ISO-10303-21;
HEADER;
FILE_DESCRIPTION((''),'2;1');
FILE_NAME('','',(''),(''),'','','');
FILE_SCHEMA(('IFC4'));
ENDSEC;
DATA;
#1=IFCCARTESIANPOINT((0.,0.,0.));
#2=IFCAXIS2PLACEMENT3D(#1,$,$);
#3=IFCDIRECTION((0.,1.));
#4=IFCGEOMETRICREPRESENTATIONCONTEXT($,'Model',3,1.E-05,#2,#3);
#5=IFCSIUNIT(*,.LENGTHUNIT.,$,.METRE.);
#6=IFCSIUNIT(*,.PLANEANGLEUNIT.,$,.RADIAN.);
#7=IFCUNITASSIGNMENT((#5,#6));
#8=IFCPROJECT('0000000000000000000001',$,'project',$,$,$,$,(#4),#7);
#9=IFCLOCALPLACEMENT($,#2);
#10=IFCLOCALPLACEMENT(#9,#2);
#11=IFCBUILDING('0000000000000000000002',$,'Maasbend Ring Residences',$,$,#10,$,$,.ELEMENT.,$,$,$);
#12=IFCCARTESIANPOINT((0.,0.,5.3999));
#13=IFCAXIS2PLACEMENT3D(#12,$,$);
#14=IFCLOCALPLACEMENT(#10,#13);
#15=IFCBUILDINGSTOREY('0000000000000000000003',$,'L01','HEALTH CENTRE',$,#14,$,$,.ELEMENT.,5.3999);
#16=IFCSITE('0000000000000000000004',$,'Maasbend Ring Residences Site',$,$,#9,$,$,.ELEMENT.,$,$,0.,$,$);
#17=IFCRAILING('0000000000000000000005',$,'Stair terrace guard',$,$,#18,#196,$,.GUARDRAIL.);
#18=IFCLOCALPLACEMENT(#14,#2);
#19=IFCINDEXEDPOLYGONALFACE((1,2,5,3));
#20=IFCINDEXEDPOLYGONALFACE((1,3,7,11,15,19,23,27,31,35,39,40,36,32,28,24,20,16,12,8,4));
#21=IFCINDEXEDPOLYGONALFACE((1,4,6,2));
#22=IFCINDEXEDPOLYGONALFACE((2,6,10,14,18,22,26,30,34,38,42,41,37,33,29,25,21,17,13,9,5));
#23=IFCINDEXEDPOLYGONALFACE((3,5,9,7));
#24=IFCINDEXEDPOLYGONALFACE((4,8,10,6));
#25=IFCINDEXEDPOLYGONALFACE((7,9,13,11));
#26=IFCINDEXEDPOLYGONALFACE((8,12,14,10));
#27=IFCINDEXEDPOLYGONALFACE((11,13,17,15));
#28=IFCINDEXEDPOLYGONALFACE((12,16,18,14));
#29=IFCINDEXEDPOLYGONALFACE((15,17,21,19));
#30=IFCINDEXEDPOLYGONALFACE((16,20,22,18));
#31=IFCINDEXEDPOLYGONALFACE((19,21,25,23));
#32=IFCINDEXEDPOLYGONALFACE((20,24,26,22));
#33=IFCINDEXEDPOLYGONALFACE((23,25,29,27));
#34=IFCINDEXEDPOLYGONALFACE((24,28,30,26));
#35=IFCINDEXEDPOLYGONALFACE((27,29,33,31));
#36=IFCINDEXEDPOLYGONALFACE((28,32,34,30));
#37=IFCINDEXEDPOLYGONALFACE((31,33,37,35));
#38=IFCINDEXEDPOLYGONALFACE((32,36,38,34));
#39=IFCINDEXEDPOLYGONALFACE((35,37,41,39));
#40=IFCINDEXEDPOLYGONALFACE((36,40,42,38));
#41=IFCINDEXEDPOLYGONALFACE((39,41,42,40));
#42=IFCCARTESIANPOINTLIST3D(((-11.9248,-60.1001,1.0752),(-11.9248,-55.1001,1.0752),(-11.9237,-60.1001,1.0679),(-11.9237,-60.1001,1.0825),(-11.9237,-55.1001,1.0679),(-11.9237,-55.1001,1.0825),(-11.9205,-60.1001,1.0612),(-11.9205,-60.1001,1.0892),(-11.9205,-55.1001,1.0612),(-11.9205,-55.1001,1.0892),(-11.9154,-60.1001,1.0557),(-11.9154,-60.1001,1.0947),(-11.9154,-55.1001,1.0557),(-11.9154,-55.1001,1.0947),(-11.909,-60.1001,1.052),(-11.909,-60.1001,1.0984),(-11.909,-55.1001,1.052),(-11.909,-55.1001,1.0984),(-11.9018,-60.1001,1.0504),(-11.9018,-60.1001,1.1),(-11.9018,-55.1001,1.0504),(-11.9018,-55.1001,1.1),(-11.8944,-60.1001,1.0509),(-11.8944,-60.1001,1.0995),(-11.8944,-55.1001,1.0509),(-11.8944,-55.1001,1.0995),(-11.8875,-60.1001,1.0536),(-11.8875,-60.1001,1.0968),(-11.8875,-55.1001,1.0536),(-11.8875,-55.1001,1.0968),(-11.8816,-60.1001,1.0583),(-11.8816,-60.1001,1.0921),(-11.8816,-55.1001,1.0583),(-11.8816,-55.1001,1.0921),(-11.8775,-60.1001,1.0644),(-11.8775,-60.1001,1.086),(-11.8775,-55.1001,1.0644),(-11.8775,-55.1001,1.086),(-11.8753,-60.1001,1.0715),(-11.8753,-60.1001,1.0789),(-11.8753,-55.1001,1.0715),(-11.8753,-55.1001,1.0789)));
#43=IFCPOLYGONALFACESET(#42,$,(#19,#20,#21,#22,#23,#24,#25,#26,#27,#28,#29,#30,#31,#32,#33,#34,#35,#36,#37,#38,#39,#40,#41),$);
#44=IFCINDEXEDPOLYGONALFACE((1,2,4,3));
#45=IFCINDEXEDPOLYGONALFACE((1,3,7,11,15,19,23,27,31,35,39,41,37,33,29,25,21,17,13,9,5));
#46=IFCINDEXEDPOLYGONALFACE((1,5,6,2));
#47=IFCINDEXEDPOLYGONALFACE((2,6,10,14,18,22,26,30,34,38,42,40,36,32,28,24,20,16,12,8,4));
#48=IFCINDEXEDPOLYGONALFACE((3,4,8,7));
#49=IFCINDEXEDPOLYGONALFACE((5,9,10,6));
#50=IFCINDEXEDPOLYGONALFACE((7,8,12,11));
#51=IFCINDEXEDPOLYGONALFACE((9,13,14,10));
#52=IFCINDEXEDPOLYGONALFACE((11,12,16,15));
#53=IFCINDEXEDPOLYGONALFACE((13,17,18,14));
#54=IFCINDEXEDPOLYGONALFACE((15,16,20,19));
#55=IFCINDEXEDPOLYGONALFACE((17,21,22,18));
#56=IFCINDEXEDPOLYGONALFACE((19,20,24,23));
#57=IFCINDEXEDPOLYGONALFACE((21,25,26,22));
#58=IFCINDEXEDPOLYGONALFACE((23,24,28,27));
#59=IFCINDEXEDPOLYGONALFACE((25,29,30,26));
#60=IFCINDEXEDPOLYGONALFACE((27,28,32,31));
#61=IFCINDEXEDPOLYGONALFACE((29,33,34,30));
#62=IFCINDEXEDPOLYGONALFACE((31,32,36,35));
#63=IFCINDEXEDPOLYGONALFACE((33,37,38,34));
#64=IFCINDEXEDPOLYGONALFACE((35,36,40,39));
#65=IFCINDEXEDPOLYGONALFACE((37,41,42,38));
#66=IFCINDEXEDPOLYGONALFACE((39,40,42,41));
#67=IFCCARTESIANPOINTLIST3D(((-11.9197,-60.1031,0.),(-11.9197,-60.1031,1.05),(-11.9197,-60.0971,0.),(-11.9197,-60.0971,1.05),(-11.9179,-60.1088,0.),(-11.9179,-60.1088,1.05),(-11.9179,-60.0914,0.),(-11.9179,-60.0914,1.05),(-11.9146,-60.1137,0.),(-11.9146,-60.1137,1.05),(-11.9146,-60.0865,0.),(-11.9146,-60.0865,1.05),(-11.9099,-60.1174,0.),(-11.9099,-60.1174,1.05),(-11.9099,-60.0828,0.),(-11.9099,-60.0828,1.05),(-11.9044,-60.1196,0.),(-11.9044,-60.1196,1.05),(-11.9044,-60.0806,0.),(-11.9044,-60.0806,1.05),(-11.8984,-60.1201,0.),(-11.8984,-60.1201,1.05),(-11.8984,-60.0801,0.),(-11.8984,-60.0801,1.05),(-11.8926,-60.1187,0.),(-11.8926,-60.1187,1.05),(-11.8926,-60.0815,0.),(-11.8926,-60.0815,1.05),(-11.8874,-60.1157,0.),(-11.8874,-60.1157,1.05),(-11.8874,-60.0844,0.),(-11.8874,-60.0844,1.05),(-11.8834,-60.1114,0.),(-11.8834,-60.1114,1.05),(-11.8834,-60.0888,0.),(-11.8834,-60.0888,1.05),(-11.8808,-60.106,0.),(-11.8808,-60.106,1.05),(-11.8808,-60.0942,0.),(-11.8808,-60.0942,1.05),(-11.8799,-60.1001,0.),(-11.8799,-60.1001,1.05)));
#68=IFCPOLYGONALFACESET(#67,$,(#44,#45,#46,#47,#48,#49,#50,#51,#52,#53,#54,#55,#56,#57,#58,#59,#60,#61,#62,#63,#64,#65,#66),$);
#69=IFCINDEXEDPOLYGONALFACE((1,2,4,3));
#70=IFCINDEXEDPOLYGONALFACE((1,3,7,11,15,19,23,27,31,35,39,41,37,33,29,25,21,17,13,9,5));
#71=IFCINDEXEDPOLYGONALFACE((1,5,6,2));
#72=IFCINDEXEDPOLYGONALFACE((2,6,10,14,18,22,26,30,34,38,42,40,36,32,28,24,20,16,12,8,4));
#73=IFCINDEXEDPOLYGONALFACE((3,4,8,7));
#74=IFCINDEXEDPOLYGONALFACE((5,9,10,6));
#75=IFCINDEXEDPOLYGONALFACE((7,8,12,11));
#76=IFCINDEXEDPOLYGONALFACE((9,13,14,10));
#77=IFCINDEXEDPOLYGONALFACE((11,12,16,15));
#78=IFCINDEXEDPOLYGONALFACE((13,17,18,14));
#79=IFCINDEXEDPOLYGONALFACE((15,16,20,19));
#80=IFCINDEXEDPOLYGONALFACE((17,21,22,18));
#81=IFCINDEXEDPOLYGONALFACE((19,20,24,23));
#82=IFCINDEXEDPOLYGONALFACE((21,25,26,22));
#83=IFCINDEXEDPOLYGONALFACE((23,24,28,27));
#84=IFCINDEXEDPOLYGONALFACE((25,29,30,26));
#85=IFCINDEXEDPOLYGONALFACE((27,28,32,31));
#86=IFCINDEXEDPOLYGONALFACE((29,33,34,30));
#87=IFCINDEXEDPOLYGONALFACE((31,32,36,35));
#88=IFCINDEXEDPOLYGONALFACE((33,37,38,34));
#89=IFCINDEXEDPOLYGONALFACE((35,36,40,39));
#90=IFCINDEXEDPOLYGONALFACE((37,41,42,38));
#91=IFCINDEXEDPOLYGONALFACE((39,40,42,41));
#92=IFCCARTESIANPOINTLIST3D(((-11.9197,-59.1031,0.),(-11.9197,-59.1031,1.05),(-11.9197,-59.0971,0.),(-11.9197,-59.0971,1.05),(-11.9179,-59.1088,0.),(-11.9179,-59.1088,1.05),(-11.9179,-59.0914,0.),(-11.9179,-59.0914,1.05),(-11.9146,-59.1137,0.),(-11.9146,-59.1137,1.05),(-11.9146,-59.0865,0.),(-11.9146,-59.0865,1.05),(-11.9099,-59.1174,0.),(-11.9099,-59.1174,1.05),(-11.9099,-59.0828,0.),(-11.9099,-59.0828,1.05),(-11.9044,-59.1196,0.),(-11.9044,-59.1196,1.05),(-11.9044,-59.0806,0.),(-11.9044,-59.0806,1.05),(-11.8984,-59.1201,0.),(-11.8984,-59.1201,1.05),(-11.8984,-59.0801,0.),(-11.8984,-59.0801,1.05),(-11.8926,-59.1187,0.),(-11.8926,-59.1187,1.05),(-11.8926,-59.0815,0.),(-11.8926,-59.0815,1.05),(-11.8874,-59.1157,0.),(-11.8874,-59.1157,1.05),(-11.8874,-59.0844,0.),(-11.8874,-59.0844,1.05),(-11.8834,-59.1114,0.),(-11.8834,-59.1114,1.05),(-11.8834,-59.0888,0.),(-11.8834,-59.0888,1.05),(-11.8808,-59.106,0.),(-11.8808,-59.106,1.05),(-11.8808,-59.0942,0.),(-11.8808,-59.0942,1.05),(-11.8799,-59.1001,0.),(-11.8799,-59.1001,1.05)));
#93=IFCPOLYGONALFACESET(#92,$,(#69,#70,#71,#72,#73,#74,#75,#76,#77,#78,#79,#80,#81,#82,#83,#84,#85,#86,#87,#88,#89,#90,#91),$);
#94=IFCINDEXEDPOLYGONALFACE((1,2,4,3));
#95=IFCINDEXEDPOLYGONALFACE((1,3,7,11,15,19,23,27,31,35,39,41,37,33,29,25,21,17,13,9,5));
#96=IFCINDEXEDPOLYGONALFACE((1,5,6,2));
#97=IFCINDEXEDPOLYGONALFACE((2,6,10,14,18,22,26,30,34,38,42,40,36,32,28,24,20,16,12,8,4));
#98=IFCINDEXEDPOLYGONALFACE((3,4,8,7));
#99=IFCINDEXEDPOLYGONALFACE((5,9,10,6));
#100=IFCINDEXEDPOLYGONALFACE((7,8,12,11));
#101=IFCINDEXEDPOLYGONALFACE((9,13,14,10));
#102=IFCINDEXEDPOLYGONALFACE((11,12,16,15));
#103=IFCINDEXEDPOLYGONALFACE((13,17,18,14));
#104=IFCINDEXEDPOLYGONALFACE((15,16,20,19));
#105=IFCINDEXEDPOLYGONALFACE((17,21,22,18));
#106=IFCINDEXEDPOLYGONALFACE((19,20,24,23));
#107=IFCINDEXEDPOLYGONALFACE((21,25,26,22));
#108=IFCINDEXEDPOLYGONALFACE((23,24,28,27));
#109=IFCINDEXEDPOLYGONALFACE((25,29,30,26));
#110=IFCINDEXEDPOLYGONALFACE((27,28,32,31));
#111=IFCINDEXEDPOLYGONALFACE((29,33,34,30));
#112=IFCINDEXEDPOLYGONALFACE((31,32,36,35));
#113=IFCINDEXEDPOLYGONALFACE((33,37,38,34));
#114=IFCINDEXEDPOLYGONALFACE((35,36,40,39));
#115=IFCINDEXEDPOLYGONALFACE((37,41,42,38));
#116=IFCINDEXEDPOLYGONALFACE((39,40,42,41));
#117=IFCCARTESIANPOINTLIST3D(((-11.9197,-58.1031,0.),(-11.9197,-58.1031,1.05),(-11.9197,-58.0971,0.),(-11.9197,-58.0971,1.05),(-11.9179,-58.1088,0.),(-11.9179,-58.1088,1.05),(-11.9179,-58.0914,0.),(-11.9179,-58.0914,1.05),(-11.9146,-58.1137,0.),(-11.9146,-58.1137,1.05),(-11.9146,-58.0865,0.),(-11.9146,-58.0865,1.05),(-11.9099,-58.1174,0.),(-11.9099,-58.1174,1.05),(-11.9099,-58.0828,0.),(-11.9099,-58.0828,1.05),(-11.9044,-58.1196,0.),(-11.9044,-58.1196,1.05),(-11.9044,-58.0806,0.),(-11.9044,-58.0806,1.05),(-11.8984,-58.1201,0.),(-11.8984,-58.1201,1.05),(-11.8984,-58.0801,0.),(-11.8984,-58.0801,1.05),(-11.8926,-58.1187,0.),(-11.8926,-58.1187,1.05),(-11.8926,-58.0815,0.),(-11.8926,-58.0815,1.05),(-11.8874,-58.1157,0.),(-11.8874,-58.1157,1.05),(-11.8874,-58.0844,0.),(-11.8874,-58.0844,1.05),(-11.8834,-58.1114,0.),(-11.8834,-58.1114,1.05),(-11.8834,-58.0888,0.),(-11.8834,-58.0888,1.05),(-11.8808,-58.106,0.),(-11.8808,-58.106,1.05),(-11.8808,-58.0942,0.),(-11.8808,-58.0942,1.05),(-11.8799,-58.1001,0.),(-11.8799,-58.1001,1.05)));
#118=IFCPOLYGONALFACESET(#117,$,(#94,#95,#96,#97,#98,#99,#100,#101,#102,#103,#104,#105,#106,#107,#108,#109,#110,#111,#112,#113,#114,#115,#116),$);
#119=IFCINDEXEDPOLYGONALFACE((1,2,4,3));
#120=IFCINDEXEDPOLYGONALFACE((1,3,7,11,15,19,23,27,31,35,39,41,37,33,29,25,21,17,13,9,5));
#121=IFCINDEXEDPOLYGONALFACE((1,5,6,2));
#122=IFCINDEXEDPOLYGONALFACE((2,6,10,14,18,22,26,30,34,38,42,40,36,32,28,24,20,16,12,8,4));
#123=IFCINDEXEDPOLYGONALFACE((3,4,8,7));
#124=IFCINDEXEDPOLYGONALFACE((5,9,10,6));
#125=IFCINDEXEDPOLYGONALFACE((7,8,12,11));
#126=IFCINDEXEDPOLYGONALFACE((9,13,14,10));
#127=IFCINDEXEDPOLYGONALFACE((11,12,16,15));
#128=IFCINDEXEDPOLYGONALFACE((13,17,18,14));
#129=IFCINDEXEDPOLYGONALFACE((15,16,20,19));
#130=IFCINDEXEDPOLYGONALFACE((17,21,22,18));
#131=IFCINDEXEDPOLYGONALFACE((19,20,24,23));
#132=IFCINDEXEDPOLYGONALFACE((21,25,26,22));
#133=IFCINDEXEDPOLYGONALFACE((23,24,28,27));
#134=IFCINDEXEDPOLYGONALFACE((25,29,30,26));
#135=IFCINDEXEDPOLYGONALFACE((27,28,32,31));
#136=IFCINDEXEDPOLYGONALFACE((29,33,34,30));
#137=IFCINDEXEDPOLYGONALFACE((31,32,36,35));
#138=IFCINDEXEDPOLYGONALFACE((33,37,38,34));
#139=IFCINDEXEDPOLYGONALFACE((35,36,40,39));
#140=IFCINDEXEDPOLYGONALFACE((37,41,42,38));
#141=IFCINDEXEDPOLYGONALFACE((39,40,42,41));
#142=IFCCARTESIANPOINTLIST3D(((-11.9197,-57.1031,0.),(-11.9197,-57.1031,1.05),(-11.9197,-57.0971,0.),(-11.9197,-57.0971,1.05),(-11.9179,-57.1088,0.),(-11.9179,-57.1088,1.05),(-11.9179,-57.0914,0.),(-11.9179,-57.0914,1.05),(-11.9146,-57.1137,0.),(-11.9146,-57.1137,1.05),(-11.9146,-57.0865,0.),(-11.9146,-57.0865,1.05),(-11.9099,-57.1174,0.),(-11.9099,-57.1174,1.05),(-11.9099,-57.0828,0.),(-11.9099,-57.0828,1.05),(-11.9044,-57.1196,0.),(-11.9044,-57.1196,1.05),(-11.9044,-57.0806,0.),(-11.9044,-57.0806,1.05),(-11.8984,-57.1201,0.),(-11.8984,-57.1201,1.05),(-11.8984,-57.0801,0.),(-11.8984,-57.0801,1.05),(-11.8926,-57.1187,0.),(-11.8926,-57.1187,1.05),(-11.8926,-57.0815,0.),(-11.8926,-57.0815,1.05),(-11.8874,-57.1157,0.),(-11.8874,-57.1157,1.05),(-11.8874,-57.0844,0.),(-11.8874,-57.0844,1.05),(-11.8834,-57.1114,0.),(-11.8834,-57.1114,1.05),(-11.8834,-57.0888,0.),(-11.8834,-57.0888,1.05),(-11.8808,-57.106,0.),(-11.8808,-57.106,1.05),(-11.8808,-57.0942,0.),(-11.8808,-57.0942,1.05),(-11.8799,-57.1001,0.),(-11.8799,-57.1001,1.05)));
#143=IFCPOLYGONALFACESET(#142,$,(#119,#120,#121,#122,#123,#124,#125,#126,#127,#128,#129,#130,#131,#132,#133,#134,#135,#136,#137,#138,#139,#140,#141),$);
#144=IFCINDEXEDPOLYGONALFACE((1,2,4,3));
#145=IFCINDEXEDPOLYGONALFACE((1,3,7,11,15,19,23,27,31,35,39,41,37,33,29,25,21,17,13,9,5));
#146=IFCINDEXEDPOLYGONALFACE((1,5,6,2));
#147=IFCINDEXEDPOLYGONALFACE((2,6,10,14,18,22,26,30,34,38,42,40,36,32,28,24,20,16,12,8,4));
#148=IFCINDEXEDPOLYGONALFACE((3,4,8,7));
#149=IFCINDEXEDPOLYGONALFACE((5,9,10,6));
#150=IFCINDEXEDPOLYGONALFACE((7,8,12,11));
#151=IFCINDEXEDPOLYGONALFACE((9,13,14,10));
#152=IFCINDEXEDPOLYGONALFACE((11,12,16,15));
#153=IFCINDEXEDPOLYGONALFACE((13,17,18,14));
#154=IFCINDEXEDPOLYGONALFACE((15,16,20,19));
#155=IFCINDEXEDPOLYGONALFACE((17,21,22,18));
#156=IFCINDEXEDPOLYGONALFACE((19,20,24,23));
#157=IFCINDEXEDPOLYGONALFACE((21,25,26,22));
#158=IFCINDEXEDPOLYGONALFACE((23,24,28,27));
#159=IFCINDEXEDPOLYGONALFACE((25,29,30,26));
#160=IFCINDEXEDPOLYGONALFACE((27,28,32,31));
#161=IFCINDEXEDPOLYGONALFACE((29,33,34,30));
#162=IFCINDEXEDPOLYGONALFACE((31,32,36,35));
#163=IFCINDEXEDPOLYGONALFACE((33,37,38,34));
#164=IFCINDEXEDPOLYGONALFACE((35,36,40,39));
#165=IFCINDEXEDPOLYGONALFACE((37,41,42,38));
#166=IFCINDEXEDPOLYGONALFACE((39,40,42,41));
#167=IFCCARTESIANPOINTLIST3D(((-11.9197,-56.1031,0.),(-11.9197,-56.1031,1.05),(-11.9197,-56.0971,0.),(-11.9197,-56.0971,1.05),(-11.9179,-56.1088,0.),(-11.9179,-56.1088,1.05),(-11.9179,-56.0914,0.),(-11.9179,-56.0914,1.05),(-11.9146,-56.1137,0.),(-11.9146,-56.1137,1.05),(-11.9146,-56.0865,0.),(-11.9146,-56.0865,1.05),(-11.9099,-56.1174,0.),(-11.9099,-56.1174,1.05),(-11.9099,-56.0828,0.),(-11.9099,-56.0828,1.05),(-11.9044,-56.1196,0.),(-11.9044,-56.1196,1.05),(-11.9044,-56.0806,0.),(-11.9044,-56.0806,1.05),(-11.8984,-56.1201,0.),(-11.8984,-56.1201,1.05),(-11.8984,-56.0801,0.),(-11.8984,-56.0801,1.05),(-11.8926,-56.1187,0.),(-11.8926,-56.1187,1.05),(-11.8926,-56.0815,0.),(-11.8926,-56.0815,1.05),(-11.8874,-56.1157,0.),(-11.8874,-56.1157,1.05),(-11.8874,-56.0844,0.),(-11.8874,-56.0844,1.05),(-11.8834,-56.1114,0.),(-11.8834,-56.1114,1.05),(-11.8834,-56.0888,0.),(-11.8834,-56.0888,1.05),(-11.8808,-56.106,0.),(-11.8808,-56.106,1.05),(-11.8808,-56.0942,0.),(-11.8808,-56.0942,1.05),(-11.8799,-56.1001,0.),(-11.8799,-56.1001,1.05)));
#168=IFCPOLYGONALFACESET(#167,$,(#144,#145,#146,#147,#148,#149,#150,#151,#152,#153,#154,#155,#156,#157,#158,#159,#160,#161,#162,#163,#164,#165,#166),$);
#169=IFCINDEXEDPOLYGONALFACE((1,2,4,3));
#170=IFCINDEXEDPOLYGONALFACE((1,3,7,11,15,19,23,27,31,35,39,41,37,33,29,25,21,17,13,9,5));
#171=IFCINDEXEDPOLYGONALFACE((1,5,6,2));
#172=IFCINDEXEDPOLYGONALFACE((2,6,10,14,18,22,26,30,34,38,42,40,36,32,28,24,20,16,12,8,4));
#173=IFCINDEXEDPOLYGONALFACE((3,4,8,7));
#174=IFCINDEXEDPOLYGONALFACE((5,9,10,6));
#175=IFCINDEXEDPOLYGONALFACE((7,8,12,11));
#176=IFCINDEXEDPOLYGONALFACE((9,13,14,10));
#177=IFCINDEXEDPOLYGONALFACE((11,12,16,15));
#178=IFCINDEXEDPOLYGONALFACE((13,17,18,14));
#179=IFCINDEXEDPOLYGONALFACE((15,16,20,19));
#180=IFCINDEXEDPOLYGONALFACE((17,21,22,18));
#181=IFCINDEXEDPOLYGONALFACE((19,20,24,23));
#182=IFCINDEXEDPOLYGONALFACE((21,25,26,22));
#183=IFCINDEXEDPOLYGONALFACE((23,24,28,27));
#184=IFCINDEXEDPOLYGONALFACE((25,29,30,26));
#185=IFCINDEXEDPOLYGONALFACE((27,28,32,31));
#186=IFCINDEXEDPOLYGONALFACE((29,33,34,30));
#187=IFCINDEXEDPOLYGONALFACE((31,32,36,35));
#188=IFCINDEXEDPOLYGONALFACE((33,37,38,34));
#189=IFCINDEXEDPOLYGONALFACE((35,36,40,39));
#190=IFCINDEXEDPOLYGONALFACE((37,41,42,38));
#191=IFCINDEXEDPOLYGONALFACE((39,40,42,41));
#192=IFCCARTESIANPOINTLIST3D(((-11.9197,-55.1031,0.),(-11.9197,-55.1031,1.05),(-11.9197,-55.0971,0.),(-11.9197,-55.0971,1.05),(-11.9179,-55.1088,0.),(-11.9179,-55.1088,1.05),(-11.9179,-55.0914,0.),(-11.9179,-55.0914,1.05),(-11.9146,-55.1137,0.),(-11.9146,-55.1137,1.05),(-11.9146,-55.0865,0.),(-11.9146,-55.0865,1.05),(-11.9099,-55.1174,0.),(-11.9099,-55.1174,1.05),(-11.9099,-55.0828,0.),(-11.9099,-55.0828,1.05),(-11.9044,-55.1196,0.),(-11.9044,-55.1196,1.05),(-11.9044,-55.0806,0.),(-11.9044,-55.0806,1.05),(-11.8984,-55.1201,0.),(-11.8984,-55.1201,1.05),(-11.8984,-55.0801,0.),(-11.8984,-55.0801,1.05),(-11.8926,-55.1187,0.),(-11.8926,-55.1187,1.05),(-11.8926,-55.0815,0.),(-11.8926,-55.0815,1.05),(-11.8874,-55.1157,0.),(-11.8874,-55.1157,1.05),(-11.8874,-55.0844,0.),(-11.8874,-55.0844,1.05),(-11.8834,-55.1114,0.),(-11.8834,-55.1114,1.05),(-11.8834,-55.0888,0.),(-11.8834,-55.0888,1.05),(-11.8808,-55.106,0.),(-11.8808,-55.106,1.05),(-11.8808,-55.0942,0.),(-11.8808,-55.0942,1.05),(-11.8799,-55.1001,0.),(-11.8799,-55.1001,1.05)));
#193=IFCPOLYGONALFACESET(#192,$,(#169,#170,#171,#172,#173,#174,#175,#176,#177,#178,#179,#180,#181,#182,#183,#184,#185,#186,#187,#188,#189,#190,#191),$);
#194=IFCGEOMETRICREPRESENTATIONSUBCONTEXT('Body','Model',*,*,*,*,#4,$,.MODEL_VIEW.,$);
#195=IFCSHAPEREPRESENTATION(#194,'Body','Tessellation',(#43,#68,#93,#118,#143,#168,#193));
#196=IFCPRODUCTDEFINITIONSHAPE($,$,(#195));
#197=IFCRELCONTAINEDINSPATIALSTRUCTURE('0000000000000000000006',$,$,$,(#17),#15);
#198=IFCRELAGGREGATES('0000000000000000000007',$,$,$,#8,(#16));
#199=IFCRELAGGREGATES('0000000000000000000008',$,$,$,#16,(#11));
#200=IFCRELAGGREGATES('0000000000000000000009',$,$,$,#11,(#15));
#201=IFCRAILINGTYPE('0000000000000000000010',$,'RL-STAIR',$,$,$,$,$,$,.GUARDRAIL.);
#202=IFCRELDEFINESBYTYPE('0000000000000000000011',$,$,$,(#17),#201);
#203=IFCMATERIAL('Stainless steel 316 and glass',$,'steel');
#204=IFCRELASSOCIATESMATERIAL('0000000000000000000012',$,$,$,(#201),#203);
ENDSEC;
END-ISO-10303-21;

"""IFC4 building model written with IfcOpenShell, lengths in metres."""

from ifc_helpers import new_model, si_unit, direction, frame, origin, origin_2d, place, context, subcontext, project, spatial, circle, extrude, material, type_object, element, save


model = new_model("IFC4")

# Units and contexts
model_context = context("Model", 3, precision=1e-05, world=origin(), true_north=direction((0.0, 1.0)))
body_context = subcontext(model_context, "Body", "Model", "MODEL_VIEW")
ifc_project = project(units=[si_unit("LENGTHUNIT", "METRE"), si_unit("PLANEANGLEUNIT", "RADIAN")], contexts=[model_context])

# Site, building, storey
site_placement = place(None, origin())
site = spatial("IfcSite", under=ifc_project, at=site_placement, Name="Maasbend Ring Residences Site", CompositionType="ELEMENT", RefElevation=0.0)
building_placement = place(site_placement, origin())
building = spatial("IfcBuilding", under=site, at=building_placement, Name="Maasbend Ring Residences", CompositionType="ELEMENT")
storey_placement = place(building_placement, frame((0.0, 0.0, 5.3999)))
storey = spatial("IfcBuildingStorey", under=building, at=storey_placement, Name="L01", Description="HEALTH CENTRE", CompositionType="ELEMENT", Elevation=5.3999)

# Railing
ifc_material_1 = material(Name="Stainless steel 316 and glass", Category="steel")
railing_type = type_object("IfcRailingType", Name="RL-STAIR", PredefinedType="GUARDRAIL", material=ifc_material_1)
railing_1_placement = place(storey_placement, frame((-11.8999, -60.1001, 0.0)))
element("IfcRailing", 1, at=railing_1_placement, inside=storey, type_object=railing_type, Name="Stair terrace guard", PredefinedType="GUARDRAIL", context=body_context, shape_type="SweptSolid", body=[
    extrude(circle(Radius=0.0249, at=origin_2d()), frame((0.0, 0.0, 1.0752), z_axis=(0.0, 1.0, 0.0), x_axis=(-1.0, 0.0, 0.0)), (0.0, 0.0, 1.0), 5.0),
    extrude(circle(Radius=0.02, at=origin_2d()), origin(), (0.0, 0.0, 1.0), 1.05),
    extrude(circle(Radius=0.02, at=origin_2d()), frame((0.0, 1.0, 0.0)), (0.0, 0.0, 1.0), 1.05),
    extrude(circle(Radius=0.02, at=origin_2d()), frame((0.0, 2.0, 0.0)), (0.0, 0.0, 1.0), 1.05),
    extrude(circle(Radius=0.02, at=origin_2d()), frame((0.0, 3.0, 0.0)), (0.0, 0.0, 1.0), 1.05),
    extrude(circle(Radius=0.02, at=origin_2d()), frame((0.0, 4.0, 0.0)), (0.0, 0.0, 1.0), 1.05),
    extrude(circle(Radius=0.02, at=origin_2d()), frame((0.0, 5.0, 0.0)), (0.0, 0.0, 1.0), 1.05),
])

save(model, "model.ifc")
